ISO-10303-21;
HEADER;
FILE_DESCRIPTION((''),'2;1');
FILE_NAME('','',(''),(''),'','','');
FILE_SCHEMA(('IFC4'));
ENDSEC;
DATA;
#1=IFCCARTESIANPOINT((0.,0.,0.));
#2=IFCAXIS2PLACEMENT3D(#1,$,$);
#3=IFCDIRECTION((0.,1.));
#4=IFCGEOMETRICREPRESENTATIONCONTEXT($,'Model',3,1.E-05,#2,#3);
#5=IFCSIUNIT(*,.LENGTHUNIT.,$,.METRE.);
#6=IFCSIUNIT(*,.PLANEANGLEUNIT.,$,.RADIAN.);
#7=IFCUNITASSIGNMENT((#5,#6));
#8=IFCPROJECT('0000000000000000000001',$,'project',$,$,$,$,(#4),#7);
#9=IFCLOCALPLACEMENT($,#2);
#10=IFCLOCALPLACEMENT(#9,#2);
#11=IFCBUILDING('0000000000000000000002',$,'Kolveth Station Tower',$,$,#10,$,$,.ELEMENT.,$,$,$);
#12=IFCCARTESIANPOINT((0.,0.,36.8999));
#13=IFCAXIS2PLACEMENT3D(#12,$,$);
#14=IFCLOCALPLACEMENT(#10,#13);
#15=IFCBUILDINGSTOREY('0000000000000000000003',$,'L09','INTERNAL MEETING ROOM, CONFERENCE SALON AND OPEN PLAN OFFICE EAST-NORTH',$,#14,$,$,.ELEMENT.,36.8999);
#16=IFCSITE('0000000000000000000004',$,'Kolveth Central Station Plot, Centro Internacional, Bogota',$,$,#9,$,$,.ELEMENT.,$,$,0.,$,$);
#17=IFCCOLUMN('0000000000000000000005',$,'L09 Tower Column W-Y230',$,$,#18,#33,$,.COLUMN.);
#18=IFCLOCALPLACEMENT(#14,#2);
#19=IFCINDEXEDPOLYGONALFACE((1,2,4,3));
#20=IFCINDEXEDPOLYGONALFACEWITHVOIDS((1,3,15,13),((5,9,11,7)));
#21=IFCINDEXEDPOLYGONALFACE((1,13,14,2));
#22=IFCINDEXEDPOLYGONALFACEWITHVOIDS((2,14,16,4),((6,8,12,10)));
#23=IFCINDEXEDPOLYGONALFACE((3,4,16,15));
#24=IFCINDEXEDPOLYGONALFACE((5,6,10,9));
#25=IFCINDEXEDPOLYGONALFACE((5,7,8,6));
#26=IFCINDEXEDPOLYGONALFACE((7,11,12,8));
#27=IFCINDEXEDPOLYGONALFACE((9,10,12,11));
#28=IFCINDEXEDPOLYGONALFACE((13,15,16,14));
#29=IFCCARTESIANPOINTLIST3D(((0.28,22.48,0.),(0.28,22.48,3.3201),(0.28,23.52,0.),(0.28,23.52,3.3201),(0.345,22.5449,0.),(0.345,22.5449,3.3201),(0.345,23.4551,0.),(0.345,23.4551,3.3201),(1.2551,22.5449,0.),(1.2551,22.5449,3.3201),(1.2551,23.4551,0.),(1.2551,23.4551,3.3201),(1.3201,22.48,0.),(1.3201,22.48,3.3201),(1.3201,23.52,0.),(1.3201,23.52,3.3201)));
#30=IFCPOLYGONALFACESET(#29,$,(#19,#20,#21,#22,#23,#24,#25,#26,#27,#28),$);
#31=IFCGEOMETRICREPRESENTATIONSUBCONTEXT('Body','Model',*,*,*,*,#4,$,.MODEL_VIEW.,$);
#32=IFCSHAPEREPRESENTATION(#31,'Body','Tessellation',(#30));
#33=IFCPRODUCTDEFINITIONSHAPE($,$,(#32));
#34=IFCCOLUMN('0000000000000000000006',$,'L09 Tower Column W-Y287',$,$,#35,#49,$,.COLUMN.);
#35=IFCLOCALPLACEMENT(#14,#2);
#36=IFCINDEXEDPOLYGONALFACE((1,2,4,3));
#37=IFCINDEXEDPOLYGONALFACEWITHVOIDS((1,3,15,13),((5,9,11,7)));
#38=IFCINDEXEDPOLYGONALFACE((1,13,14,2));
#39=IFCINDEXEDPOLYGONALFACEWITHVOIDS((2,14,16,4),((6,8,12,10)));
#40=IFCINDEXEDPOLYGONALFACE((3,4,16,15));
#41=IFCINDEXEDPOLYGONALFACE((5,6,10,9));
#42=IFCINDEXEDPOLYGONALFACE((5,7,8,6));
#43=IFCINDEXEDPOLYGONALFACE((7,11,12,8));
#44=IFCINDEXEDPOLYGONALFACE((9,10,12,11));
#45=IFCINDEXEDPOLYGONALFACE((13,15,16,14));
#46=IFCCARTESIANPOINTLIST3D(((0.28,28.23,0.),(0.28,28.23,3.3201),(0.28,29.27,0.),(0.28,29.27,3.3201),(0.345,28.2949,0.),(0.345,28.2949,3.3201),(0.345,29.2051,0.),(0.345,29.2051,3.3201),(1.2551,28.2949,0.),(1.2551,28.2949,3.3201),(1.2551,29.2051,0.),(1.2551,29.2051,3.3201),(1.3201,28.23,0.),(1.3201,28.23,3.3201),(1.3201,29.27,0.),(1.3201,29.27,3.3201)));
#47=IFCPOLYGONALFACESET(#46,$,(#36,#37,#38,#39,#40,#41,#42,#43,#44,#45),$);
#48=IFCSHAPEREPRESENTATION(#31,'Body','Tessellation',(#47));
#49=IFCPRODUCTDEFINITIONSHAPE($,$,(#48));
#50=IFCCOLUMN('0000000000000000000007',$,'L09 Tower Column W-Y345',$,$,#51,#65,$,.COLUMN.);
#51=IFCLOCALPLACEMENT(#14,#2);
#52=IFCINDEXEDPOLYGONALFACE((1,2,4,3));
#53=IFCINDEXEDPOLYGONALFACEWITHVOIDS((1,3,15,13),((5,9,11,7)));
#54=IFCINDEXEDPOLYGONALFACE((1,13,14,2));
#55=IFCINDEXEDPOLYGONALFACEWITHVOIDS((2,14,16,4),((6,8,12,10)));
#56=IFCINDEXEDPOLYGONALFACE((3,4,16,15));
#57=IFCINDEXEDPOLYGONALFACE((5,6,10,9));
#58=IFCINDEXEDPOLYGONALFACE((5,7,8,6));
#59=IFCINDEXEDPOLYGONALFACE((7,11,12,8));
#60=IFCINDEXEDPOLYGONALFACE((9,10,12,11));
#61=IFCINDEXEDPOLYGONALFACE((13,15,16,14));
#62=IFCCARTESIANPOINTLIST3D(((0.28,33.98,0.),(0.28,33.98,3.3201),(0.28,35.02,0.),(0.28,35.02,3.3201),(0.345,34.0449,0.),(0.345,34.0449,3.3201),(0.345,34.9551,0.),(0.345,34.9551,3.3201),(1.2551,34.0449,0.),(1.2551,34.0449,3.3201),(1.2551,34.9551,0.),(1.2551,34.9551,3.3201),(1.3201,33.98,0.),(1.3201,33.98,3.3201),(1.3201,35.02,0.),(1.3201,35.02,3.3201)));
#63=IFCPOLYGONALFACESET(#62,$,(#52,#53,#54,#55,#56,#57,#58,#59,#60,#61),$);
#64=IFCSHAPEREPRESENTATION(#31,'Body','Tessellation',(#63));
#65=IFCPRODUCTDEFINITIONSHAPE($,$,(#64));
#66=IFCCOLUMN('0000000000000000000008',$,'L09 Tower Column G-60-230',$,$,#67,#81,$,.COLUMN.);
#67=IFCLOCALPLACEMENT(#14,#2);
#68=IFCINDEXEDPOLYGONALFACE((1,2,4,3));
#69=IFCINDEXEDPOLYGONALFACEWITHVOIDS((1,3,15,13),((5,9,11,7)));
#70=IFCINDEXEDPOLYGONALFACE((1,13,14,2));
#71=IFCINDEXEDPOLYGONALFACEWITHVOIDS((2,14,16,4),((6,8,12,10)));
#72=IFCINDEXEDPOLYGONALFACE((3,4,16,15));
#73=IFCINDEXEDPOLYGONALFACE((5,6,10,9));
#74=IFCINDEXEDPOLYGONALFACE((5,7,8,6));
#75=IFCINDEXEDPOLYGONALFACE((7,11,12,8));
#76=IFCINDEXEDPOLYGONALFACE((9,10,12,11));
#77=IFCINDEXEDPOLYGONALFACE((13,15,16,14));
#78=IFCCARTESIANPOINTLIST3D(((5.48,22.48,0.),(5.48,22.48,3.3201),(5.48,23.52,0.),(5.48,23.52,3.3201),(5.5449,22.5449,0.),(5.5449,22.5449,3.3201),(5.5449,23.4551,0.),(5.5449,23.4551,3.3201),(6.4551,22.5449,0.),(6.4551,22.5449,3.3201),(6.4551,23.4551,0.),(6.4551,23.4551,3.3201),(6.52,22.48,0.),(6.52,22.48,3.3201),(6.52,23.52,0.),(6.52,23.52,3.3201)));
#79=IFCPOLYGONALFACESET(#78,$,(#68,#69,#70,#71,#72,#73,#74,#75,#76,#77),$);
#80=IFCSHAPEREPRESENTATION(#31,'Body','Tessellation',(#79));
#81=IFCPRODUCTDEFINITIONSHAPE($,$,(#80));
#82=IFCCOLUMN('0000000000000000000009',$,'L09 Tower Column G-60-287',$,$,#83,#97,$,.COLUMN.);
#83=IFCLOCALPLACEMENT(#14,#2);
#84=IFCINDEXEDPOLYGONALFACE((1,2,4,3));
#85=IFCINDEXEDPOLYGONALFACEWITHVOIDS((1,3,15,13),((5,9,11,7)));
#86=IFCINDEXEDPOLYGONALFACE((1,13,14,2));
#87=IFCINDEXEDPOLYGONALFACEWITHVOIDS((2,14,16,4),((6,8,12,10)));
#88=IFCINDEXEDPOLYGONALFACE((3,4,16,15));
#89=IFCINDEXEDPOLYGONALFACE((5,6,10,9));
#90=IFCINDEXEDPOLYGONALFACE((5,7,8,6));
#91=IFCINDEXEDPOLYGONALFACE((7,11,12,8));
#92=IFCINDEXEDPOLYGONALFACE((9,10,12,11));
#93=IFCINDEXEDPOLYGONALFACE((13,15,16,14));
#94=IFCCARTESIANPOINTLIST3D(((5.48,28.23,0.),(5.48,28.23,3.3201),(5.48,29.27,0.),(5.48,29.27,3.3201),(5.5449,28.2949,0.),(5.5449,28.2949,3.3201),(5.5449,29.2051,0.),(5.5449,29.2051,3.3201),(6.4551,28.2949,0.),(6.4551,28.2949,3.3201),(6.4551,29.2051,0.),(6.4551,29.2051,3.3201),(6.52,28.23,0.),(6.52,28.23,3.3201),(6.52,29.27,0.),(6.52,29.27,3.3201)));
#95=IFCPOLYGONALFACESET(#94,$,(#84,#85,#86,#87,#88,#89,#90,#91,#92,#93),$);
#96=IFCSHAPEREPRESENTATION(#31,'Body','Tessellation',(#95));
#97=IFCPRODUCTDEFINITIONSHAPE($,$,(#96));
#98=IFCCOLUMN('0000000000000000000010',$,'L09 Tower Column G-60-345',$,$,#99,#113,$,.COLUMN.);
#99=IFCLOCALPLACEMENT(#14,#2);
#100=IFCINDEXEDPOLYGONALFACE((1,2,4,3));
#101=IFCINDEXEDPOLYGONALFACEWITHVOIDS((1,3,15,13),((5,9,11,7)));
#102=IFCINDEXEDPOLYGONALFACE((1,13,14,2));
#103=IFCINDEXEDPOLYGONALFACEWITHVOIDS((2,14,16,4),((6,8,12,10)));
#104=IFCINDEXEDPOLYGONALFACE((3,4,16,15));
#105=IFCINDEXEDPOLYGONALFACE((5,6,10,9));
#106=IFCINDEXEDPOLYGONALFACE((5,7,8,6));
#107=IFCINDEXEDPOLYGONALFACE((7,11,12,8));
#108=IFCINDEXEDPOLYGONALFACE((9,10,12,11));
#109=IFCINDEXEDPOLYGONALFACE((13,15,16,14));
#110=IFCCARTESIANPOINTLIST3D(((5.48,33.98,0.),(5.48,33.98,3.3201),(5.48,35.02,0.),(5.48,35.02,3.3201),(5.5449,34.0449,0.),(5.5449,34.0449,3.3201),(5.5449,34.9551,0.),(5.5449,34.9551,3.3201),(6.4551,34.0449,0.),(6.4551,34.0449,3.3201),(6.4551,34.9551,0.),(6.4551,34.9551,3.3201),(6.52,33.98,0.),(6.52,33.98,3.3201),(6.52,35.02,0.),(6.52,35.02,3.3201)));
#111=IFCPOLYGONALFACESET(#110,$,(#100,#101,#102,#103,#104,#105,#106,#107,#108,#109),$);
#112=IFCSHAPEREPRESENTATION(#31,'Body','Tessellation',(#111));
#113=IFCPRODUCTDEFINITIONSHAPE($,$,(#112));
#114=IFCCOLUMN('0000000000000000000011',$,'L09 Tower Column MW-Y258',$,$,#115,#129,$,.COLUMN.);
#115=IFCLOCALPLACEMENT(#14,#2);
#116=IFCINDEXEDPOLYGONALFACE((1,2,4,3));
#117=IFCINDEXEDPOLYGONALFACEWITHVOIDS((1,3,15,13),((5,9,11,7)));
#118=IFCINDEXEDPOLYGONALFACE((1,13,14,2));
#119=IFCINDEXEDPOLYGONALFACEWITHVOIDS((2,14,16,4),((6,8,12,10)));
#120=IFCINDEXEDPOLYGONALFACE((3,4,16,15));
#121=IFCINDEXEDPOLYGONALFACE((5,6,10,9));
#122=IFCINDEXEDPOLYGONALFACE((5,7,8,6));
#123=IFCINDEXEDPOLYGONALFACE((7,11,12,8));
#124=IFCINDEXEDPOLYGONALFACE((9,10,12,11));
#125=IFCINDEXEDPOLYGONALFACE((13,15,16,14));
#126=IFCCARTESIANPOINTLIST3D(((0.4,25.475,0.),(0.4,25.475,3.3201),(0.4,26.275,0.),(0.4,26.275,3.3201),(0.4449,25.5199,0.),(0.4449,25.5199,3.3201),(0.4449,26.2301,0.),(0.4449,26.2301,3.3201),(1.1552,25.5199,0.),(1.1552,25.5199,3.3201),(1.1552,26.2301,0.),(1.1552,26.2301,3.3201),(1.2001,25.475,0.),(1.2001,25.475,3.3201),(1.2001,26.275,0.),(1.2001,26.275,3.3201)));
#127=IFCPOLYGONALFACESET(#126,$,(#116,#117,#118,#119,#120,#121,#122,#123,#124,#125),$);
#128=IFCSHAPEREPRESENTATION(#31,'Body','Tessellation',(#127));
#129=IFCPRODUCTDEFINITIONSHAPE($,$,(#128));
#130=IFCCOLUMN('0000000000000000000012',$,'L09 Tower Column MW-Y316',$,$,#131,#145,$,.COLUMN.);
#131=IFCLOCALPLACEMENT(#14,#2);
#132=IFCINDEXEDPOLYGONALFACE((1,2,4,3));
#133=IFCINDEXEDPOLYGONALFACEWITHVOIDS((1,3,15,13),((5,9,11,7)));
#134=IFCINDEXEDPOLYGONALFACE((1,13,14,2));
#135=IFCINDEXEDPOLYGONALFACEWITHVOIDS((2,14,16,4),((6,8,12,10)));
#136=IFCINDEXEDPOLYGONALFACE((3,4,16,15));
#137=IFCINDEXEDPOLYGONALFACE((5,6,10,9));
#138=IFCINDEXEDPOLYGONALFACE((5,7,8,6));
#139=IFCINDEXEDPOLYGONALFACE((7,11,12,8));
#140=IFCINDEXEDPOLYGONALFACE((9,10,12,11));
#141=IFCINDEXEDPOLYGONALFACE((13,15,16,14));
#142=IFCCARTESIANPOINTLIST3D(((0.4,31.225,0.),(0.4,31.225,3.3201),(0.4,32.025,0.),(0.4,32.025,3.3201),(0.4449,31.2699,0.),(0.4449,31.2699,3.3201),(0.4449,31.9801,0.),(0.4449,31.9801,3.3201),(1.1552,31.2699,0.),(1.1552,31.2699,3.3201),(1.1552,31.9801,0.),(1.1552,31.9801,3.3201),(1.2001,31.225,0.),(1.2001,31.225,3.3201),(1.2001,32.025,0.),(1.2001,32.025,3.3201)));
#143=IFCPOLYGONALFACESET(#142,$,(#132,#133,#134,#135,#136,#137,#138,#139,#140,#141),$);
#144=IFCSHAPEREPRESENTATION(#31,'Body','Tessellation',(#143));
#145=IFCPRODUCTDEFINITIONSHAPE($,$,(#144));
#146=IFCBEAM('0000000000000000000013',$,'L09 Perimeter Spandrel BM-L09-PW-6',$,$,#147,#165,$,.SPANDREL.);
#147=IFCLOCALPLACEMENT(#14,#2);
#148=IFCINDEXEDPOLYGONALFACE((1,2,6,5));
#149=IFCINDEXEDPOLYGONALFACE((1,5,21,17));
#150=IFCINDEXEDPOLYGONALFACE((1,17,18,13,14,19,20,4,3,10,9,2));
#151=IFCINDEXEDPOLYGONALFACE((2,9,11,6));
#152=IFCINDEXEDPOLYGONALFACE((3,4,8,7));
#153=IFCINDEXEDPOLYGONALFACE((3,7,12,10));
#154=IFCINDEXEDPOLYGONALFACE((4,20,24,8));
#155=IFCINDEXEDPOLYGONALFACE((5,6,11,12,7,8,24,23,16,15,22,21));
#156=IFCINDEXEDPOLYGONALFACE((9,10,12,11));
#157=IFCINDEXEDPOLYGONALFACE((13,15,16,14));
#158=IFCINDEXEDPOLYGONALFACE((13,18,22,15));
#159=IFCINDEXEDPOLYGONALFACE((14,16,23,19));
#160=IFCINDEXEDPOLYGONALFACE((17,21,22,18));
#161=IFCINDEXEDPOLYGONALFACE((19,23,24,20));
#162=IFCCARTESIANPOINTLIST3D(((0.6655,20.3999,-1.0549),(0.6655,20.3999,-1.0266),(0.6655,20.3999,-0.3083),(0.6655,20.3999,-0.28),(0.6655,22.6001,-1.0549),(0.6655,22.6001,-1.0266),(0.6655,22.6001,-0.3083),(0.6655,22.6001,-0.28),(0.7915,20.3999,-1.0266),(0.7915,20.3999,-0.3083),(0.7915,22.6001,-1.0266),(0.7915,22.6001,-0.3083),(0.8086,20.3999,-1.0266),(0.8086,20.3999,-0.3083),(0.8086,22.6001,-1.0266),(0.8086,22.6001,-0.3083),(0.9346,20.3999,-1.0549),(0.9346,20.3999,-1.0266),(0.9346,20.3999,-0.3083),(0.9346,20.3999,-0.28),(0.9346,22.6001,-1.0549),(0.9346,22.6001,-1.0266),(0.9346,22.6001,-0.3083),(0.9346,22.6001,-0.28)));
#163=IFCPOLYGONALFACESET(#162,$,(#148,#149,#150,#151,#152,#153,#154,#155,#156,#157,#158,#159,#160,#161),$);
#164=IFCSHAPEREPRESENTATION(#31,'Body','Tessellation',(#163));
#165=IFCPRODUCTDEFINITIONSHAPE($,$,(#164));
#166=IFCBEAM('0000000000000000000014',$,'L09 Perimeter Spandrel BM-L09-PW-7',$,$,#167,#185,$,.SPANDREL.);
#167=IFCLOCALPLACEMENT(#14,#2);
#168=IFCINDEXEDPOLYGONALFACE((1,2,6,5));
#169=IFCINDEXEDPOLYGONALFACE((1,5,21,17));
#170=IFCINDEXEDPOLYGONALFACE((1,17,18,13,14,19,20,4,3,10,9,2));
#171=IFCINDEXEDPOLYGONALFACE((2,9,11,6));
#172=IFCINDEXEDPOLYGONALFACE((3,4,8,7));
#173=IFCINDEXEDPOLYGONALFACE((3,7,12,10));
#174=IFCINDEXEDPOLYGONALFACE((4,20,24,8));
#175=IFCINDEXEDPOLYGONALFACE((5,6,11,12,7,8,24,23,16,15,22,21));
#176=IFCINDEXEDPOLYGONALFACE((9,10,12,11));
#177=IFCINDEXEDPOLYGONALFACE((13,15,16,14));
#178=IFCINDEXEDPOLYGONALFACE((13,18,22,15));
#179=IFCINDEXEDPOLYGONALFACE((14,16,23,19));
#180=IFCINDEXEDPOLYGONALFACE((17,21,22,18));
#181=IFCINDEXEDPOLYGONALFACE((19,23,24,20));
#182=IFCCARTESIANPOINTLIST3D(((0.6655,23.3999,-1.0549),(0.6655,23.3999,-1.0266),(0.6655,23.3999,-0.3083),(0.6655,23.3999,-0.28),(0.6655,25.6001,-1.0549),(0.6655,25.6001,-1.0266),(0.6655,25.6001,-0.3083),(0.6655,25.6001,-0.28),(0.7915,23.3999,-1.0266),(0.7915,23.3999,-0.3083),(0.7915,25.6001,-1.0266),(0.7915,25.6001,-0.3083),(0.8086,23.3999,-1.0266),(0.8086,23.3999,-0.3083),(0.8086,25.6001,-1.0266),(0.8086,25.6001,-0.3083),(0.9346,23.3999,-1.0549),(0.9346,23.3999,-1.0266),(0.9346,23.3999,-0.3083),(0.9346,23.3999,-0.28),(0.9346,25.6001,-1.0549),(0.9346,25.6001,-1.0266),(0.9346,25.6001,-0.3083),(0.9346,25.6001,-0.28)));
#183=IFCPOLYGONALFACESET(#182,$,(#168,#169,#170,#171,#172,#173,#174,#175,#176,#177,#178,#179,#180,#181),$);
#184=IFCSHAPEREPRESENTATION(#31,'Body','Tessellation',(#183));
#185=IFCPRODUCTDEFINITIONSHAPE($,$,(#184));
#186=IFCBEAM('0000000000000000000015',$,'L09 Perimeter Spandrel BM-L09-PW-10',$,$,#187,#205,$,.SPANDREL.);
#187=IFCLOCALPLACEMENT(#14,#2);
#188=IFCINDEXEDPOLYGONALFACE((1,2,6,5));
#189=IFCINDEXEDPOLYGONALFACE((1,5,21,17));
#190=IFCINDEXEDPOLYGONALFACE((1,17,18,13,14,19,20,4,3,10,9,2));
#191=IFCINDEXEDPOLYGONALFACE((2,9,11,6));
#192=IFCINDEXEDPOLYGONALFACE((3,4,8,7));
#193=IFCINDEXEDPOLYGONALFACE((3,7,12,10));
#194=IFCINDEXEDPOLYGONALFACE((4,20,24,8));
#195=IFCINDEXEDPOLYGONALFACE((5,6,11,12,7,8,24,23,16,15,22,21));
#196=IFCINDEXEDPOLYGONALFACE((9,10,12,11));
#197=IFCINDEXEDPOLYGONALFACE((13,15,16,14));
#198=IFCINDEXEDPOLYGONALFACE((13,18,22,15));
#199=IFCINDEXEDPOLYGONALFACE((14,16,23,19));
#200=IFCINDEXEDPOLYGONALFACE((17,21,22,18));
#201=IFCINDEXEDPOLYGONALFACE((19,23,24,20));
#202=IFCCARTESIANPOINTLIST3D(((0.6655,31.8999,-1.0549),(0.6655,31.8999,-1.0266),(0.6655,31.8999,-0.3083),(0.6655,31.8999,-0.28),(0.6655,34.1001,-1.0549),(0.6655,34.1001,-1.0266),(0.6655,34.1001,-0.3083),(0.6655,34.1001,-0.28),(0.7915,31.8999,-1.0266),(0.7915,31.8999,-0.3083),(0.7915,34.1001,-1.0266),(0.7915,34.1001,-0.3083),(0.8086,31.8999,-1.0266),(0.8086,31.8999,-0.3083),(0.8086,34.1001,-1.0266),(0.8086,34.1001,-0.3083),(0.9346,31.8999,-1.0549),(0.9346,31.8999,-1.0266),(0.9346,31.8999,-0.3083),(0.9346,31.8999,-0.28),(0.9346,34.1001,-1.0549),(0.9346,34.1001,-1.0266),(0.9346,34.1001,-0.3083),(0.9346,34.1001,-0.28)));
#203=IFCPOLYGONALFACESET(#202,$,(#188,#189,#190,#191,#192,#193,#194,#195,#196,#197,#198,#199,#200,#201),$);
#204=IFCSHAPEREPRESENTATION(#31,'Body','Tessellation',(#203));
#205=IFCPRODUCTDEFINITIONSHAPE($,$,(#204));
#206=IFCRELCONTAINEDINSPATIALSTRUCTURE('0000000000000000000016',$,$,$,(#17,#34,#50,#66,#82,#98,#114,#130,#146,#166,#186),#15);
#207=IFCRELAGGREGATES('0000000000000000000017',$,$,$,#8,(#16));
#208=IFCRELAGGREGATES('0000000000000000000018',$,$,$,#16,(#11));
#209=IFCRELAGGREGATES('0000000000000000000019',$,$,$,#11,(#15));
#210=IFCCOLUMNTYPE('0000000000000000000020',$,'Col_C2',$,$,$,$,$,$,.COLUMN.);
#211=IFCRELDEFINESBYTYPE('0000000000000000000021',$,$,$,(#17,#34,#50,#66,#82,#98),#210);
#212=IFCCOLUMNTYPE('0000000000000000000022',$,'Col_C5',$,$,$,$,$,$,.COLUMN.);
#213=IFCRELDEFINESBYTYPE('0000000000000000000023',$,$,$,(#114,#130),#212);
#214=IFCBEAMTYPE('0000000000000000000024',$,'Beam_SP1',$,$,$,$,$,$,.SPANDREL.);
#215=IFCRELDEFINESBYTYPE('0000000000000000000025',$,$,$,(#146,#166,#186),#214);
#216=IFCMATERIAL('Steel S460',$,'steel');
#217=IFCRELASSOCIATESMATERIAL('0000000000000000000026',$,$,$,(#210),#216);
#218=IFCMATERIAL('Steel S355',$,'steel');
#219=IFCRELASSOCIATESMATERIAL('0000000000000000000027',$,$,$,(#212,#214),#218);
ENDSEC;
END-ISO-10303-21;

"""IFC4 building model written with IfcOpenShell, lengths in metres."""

from ifc_helpers import new_model, si_unit, direction, frame, origin, origin_2d, place, context, subcontext, project, spatial, hollow_rectangle, i_section, extrude, source, transform, mapped, material, material_profile, profile_set, type_object, element, save


model = new_model("IFC4")

# Units and contexts
model_context = context("Model", 3, precision=1e-05, world=origin(), true_north=direction((0.0, 1.0)))
body_context = subcontext(model_context, "Body", "Model", "MODEL_VIEW")
ifc_project = project(units=[si_unit("LENGTHUNIT", "METRE"), si_unit("PLANEANGLEUNIT", "RADIAN")], contexts=[model_context])

# Site, building, storey
site_placement = place(None, origin())
site = spatial("IfcSite", under=ifc_project, at=site_placement, Name="Kolveth Central Station Plot, Centro Internacional, Bogota", CompositionType="ELEMENT", RefElevation=0.0)
building_placement = place(site_placement, origin())
building = spatial("IfcBuilding", under=site, at=building_placement, Name="Kolveth Station Tower", CompositionType="ELEMENT")
storey_placement = place(building_placement, frame((0.0, 0.0, 36.8999)))
storey = spatial("IfcBuildingStorey", under=building, at=storey_placement, Name="L09", Description="INTERNAL MEETING ROOM, CONFERENCE SALON AND OPEN PLAN OFFICE EAST-NORTH", CompositionType="ELEMENT", Elevation=36.8999)

# Columns
ifc_material_1 = material(Name="Steel S460", Category="steel")
ifc_material_profile_1 = material_profile(ifc_material_1, hollow_rectangle(XDim=1.04, YDim=1.04, WallThickness=0.0649, at=origin_2d()), Name="BOX1040x1040x65")
ifc_profile_set_1 = profile_set([ifc_material_profile_1], Name="Steel S460")
column_type_1 = type_object("IfcColumnType", Name="Col_C2", PredefinedType="COLUMN", material=ifc_profile_set_1)
shared_shape_1 = source(origin(), body_context, "Body", "SweptSolid", [
    extrude(hollow_rectangle(XDim=1.04, YDim=1.04, WallThickness=0.0649, at=origin_2d()), origin(), (0.0, 0.0, 1.0), 3.3201),
])
for number, where, z_axis, x_axis, name in (
    (1, (0.8, 23.0, 0.0), (0.0, 0.0, 1.0), (1.0, 0.0, 0.0), "L09 Tower Column W-Y230"),
    (2, (0.8, 28.75, 0.0), (0.0, 0.0, 1.0), (1.0, 0.0, 0.0), "L09 Tower Column W-Y287"),
    (3, (0.8, 34.5, 0.0), (0.0, 0.0, 1.0), (1.0, 0.0, 0.0), "L09 Tower Column W-Y345"),
    (4, (6.0, 23.0, 0.0), (0.0, 0.0, 1.0), (1.0, 0.0, 0.0), "L09 Tower Column G-60-230"),
    (5, (6.0, 28.75, 0.0), (0.0, 0.0, 1.0), (1.0, 0.0, 0.0), "L09 Tower Column G-60-287"),
    (6, (6.0, 34.5, 0.0), (0.0, 0.0, 1.0), (1.0, 0.0, 0.0), "L09 Tower Column G-60-345"),
):
    element("IfcColumn", number, at=place(storey_placement, frame(where, z_axis=z_axis, x_axis=x_axis)), inside=storey, type_object=column_type_1, Name=name, PredefinedType="COLUMN", context=body_context, shape_type="MappedRepresentation", body=[
        mapped(shared_shape_1, transform((0.0, 0.0, 0.0), x_axis=(1.0, 0.0, 0.0), y_axis=(0.0, 1.0, 0.0), z_axis=(0.0, 0.0, 1.0), scale=1.0)),
    ])
ifc_material_2 = material(Name="Steel S355", Category="steel")
ifc_material_profile_2 = material_profile(ifc_material_2, hollow_rectangle(XDim=0.8, YDim=0.8, WallThickness=0.0449, at=origin_2d()), Name="BOX800x800x45")
ifc_profile_set_2 = profile_set([ifc_material_profile_2], Name="Steel S355")
column_type_2 = type_object("IfcColumnType", Name="Col_C5", PredefinedType="COLUMN", material=ifc_profile_set_2)
shared_shape_2 = source(origin(), body_context, "Body", "SweptSolid", [
    extrude(hollow_rectangle(XDim=0.8, YDim=0.8, WallThickness=0.0449, at=origin_2d()), origin(), (0.0, 0.0, 1.0), 3.3201),
])
for number, where, z_axis, x_axis, name in (
    (7, (0.8, 25.875, 0.0), (0.0, 0.0, 1.0), (1.0, 0.0, 0.0), "L09 Tower Column MW-Y258"),
    (8, (0.8, 31.625, 0.0), (0.0, 0.0, 1.0), (1.0, 0.0, 0.0), "L09 Tower Column MW-Y316"),
):
    element("IfcColumn", number, at=place(storey_placement, frame(where, z_axis=z_axis, x_axis=x_axis)), inside=storey, type_object=column_type_2, Name=name, PredefinedType="COLUMN", context=body_context, shape_type="MappedRepresentation", body=[
        mapped(shared_shape_2, transform((0.0, 0.0, 0.0), x_axis=(1.0, 0.0, 0.0), y_axis=(0.0, 1.0, 0.0), z_axis=(0.0, 0.0, 1.0), scale=1.0)),
    ])

# Beams
ifc_material_profile_3 = material_profile(ifc_material_2, i_section(OverallWidth=0.269, OverallDepth=0.7749, WebThickness=0.0171, FlangeThickness=0.0283, at=origin_2d()), Name="W760x220")
ifc_profile_set_3 = profile_set([ifc_material_profile_3], Name="Steel S355")
beam_type_1 = type_object("IfcBeamType", Name="Beam_SP1", PredefinedType="SPANDREL", material=ifc_profile_set_3)
shared_shape_3 = source(origin(), body_context, "Body", "SweptSolid", [
    extrude(i_section(OverallWidth=0.269, OverallDepth=0.7749, WebThickness=0.0171, FlangeThickness=0.0283, at=origin_2d()), origin(), (0.0, 0.0, 1.0), 2.2002),
])
for number, where, z_axis, x_axis, name in (
    (9, (0.8, 20.3999, -0.6675), (0.0, 1.0, 0.0), (-1.0, 0.0, 0.0), "L09 Perimeter Spandrel BM-L09-PW-6"),
    (10, (0.8, 23.3999, -0.6675), (0.0, 1.0, 0.0), (-1.0, 0.0, 0.0), "L09 Perimeter Spandrel BM-L09-PW-7"),
    (11, (0.8, 31.8999, -0.6675), (0.0, 1.0, 0.0), (-1.0, 0.0, 0.0), "L09 Perimeter Spandrel BM-L09-PW-10"),
):
    element("IfcBeam", number, at=place(storey_placement, frame(where, z_axis=z_axis, x_axis=x_axis)), inside=storey, type_object=beam_type_1, Name=name, PredefinedType="SPANDREL", context=body_context, shape_type="MappedRepresentation", body=[
        mapped(shared_shape_3, transform((0.0, 0.0, 0.0), x_axis=(1.0, 0.0, 0.0), y_axis=(0.0, 1.0, 0.0), z_axis=(0.0, 0.0, 1.0), scale=1.0)),
    ])

save(model, "model.ifc")
